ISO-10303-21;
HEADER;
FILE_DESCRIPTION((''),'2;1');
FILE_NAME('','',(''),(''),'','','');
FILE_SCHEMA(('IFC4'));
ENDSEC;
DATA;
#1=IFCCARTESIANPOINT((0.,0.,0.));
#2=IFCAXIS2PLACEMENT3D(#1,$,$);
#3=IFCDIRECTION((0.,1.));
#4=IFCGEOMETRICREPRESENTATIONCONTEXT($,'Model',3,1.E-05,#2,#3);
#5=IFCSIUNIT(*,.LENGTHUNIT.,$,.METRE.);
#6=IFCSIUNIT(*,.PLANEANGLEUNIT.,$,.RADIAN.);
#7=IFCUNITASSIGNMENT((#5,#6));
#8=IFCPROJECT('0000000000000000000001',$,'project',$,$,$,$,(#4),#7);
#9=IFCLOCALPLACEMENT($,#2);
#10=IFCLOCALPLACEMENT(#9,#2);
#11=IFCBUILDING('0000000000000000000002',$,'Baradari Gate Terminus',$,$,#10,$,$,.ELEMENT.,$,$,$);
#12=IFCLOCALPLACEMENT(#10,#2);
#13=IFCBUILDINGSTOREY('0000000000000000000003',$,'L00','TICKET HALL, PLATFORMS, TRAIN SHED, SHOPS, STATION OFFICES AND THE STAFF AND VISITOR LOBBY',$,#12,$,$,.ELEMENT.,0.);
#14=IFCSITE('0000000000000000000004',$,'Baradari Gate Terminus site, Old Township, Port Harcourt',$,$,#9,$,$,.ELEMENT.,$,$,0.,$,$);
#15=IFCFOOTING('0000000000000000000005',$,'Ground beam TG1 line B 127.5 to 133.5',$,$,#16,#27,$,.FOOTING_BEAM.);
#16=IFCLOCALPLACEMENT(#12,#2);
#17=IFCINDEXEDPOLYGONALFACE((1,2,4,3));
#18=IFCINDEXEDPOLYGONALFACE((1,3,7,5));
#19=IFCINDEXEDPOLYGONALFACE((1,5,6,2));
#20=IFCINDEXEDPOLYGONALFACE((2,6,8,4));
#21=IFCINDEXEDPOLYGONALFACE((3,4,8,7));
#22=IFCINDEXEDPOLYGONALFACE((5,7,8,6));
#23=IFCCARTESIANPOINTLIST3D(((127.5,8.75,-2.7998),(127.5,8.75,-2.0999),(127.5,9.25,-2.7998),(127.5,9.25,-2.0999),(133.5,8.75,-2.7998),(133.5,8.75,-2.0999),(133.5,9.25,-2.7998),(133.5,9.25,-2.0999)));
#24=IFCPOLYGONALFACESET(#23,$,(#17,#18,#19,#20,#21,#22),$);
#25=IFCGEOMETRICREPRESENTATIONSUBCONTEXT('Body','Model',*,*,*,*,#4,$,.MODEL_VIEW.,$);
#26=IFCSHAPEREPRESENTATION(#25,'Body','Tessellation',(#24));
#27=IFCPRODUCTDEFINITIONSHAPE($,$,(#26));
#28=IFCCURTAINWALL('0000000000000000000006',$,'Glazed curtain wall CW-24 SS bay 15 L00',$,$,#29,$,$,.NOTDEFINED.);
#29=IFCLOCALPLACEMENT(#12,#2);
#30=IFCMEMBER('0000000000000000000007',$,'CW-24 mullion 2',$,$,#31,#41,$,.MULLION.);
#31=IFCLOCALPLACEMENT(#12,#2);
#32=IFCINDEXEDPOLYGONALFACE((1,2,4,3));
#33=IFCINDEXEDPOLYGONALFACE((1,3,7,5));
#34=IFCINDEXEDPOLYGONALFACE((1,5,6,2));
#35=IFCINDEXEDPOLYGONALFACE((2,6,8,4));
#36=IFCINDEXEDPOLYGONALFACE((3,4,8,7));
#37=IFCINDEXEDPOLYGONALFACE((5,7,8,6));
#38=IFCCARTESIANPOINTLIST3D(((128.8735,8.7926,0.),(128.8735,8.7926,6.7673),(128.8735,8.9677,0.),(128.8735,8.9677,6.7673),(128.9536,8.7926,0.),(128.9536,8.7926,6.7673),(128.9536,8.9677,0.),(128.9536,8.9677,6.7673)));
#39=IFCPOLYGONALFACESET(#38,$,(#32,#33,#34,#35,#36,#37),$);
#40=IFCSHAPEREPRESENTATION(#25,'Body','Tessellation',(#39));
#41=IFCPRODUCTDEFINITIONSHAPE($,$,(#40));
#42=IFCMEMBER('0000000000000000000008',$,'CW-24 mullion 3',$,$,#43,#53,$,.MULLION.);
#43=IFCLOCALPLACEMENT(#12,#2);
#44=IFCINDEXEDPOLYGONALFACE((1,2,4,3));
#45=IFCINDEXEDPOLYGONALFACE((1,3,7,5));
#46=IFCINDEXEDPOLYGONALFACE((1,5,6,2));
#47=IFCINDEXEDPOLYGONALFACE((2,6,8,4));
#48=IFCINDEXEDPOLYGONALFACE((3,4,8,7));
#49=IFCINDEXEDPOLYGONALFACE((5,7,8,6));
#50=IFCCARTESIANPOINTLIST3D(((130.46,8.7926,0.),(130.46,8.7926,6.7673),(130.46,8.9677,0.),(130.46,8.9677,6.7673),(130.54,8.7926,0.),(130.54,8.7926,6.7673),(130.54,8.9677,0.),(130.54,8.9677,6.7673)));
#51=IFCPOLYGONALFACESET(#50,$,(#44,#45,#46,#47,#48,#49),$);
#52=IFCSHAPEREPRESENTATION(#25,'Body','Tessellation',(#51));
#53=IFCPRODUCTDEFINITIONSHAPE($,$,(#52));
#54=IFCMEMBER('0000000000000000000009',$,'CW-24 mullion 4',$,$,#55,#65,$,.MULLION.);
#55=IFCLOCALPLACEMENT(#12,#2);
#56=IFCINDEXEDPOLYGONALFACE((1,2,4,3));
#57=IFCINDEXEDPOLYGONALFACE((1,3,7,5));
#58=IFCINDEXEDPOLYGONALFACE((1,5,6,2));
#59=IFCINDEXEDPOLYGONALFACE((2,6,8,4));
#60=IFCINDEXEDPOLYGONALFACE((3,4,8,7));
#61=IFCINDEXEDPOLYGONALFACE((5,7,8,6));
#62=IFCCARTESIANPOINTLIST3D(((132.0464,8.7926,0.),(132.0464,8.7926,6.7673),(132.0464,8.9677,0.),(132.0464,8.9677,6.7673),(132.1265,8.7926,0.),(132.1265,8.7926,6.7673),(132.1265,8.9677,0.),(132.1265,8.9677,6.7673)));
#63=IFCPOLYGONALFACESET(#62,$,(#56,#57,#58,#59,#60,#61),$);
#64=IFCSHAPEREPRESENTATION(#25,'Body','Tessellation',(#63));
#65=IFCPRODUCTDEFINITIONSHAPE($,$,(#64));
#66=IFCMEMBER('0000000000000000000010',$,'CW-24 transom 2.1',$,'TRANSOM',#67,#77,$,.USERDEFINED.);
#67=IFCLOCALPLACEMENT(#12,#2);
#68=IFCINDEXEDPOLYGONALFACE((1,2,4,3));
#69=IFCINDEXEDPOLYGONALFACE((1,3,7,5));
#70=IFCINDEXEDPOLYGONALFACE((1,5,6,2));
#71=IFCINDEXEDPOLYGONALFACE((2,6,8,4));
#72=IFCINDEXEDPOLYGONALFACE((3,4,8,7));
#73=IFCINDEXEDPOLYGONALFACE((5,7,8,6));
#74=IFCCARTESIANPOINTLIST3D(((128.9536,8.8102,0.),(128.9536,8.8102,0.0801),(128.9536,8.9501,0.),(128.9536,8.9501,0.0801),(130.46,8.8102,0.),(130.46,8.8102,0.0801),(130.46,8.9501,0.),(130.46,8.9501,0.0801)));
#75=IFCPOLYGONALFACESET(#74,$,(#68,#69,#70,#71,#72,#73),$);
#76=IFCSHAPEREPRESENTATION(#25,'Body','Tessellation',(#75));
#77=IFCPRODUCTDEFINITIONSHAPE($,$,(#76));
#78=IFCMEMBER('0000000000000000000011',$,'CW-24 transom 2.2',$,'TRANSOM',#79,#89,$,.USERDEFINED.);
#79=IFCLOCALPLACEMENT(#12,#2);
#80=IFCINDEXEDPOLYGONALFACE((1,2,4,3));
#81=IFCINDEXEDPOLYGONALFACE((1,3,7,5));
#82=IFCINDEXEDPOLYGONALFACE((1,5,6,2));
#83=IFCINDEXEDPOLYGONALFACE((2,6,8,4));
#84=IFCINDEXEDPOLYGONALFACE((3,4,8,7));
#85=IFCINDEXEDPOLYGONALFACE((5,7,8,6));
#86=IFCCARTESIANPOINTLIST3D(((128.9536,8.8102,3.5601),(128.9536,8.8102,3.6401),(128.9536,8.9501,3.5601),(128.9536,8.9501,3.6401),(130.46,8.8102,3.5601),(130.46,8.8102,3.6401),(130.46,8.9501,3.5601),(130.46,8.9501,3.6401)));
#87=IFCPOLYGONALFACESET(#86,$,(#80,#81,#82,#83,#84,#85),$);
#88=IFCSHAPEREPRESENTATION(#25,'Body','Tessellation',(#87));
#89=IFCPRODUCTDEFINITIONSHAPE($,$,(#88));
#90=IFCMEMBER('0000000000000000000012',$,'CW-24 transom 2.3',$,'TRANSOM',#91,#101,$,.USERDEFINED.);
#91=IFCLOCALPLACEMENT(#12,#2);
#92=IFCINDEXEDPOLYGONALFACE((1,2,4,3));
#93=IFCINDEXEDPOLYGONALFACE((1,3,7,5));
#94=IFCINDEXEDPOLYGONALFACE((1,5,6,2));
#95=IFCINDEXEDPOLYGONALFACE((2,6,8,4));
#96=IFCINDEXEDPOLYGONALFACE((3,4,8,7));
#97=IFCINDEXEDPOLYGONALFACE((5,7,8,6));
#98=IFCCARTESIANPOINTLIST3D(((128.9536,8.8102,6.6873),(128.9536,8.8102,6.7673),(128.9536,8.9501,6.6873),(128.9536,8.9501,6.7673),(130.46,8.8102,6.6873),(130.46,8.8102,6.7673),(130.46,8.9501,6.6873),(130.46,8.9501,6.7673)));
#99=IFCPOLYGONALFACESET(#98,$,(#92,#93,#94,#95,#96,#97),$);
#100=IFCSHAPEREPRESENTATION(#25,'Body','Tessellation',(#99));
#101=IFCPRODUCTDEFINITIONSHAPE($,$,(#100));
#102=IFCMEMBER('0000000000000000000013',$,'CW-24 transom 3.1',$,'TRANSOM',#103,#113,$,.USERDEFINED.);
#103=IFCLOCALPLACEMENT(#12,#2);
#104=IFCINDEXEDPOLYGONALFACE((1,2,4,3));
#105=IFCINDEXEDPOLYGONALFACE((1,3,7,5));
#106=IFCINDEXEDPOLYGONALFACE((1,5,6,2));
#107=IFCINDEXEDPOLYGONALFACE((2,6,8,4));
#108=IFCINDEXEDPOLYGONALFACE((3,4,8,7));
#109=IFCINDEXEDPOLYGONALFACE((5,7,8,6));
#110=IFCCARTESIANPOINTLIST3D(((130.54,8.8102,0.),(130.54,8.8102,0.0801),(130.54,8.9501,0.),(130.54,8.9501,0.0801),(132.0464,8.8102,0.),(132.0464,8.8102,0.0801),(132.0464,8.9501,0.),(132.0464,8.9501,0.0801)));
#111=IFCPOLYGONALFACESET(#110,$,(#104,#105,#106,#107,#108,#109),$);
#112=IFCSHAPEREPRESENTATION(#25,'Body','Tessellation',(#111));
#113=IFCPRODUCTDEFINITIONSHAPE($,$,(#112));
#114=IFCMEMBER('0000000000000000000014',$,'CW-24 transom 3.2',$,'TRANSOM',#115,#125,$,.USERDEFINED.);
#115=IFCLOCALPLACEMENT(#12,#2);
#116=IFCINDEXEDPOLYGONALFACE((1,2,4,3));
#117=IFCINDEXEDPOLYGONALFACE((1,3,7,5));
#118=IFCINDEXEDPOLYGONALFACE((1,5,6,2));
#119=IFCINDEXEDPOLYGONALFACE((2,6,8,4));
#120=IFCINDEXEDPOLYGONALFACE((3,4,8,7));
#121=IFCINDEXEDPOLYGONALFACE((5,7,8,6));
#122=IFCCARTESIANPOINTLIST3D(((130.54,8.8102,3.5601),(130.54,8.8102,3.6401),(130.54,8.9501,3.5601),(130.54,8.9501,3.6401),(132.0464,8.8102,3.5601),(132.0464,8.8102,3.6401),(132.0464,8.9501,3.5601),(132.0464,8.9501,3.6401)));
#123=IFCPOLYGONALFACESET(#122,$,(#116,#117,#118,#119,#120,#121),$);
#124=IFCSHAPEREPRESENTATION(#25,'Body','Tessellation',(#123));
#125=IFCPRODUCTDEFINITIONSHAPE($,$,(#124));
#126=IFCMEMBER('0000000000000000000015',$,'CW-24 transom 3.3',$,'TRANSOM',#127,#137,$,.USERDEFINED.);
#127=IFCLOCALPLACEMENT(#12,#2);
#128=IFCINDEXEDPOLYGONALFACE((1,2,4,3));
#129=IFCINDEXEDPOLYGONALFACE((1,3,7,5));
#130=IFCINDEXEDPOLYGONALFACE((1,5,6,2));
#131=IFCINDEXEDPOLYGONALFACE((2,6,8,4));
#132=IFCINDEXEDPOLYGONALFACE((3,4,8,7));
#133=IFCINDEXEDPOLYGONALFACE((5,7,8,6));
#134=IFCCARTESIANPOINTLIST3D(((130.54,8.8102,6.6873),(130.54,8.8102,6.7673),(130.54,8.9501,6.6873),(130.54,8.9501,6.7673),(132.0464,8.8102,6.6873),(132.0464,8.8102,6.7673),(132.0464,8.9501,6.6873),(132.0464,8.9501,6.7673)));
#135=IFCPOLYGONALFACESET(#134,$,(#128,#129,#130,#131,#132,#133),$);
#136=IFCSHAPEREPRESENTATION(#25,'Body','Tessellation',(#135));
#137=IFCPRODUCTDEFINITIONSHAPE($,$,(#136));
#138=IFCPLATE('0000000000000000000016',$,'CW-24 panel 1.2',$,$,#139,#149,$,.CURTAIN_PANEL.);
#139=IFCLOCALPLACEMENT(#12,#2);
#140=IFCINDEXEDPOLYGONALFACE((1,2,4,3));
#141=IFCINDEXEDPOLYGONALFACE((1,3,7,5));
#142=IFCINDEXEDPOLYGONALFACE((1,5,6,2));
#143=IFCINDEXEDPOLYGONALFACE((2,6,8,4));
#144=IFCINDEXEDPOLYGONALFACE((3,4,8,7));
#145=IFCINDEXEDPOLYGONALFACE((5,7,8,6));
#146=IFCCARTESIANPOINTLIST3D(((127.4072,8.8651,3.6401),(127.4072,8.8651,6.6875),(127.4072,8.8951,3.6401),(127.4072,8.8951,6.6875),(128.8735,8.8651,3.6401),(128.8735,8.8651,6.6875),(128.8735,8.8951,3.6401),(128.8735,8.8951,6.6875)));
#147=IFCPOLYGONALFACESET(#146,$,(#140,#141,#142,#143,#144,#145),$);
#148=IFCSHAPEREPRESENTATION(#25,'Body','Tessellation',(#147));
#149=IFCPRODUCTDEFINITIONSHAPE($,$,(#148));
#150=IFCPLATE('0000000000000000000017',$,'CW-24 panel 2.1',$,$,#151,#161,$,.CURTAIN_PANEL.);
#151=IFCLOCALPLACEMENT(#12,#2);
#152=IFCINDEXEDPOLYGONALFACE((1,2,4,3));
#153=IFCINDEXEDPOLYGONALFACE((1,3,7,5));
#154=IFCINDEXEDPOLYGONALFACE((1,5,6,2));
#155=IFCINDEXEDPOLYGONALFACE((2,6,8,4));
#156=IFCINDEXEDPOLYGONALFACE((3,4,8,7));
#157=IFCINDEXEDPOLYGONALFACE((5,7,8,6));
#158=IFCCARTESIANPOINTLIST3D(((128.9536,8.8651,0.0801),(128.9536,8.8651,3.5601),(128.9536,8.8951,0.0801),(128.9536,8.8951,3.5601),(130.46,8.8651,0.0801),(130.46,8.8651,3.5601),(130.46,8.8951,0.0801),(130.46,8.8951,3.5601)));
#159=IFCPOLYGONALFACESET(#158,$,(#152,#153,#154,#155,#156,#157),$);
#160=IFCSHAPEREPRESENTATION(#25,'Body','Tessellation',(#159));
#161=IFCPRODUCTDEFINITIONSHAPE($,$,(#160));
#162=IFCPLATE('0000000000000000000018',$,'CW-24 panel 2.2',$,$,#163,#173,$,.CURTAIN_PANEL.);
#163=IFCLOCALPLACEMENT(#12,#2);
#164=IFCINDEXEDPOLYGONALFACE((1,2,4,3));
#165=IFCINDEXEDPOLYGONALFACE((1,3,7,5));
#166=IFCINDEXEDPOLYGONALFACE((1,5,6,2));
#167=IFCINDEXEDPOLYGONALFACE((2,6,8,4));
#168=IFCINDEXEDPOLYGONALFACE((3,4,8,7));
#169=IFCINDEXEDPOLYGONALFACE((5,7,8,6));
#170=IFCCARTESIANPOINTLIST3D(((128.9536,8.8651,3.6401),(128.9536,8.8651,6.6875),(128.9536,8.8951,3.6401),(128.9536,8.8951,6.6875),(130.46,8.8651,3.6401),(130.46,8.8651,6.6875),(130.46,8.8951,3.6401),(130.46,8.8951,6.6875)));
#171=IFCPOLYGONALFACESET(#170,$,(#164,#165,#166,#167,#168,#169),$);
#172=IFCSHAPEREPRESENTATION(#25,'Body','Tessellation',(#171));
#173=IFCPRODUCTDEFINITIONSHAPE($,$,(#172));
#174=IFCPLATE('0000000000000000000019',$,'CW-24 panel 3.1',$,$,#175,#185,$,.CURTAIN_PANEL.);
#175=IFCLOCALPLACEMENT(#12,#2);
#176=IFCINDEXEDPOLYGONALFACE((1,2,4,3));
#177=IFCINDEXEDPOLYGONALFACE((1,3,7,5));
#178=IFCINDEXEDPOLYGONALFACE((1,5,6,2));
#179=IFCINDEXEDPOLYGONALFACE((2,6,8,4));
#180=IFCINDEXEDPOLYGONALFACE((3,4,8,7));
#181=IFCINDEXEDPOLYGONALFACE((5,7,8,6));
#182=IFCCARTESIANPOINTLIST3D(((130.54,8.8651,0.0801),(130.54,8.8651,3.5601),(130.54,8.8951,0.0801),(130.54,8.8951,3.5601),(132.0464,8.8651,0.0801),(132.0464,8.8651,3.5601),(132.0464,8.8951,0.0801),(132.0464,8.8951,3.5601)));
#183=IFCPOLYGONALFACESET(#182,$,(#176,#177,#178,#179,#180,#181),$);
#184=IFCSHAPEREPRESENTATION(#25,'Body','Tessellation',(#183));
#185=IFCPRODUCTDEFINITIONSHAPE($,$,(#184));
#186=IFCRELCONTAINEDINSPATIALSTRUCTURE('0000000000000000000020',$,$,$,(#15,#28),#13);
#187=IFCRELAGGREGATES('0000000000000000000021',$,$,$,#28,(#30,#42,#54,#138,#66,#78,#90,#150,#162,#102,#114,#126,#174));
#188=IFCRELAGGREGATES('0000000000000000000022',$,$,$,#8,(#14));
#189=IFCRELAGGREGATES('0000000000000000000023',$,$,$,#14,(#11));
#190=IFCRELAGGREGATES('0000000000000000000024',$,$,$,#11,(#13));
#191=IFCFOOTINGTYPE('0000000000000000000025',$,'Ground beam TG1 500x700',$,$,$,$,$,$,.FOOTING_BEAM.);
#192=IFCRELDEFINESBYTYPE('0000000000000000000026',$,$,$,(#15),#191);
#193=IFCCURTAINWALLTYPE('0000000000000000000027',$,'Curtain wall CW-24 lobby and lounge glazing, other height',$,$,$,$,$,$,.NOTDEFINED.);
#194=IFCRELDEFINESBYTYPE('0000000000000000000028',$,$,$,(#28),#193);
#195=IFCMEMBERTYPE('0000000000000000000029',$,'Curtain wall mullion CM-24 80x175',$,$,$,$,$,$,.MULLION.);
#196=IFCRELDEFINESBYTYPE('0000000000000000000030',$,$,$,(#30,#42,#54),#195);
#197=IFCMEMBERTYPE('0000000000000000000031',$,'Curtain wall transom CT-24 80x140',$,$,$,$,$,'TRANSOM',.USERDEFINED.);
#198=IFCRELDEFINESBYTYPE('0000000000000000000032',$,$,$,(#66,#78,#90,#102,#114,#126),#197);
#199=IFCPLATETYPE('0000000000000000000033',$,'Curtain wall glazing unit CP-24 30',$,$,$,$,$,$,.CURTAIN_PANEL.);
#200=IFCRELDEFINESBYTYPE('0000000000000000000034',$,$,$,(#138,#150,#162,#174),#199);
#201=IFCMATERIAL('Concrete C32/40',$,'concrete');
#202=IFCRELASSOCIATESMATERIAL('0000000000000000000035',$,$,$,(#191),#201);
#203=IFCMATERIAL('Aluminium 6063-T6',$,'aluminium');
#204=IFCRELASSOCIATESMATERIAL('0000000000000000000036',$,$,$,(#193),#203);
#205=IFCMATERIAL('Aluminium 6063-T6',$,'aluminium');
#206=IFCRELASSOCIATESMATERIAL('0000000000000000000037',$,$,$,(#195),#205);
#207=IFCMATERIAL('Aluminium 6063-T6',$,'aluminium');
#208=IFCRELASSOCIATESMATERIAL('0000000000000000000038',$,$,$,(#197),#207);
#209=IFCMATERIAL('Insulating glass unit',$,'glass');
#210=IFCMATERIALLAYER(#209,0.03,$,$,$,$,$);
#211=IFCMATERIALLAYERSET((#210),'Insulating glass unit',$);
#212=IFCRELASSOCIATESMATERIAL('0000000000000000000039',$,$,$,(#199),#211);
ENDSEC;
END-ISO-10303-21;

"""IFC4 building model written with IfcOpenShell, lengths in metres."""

from ifc_helpers import new_model, si_unit, direction, frame, origin, origin_2d, place, context, subcontext, project, spatial, rectangle, extrude, material, layer, layer_set, material_profile, profile_set, type_object, element, aggregate, save


model = new_model("IFC4")

# Units and contexts
model_context = context("Model", 3, precision=1e-05, world=origin(), true_north=direction((0.0, 1.0)))
body_context = subcontext(model_context, "Body", "Model", "MODEL_VIEW")
ifc_project = project(units=[si_unit("LENGTHUNIT", "METRE"), si_unit("PLANEANGLEUNIT", "RADIAN")], contexts=[model_context])

# Site, building, storey
site_placement = place(None, origin())
site = spatial("IfcSite", under=ifc_project, at=site_placement, Name="Baradari Gate Terminus site, Old Township, Port Harcourt", CompositionType="ELEMENT", RefElevation=0.0)
building_placement = place(site_placement, origin())
building = spatial("IfcBuilding", under=site, at=building_placement, Name="Baradari Gate Terminus", CompositionType="ELEMENT")
storey_placement = place(building_placement, origin())
storey = spatial("IfcBuildingStorey", under=building, at=storey_placement, Name="L00", Description="TICKET HALL, PLATFORMS, TRAIN SHED, SHOPS, STATION OFFICES AND THE STAFF AND VISITOR LOBBY", CompositionType="ELEMENT", Elevation=0.0)

# Footing
ifc_material_1 = material(Name="Concrete C32/40", Category="concrete")
footing_type = type_object("IfcFootingType", Name="Ground beam TG1 500x700", PredefinedType="FOOTING_BEAM", material=ifc_material_1)
footing_placement = place(storey_placement, frame((130.5, 9.0, -2.7998), z_axis=(0.0, 0.0, 1.0), x_axis=(1.0, 0.0, 0.0)))
element("IfcFooting", 1, at=footing_placement, inside=storey, type_object=footing_type, Name="Ground beam TG1 line B 127.5 to 133.5", PredefinedType="FOOTING_BEAM", context=body_context, shape_type="SweptSolid", body=[
    extrude(rectangle(XDim=6.0, YDim=0.5, at=origin_2d()), origin(), (0.0, 0.0, 1.0), 0.7),
])

# Curtain wall, members, plates
ifc_material_2 = material(Name="Aluminium 6063-T6", Category="aluminium")
curtain_wall_type = type_object("IfcCurtainWallType", Name="Curtain wall CW-24 lobby and lounge glazing, other height", PredefinedType="NOTDEFINED", material=ifc_material_2)
curtain_wall_placement = place(storey_placement, origin())
curtain_wall = element("IfcCurtainWall", 2, at=curtain_wall_placement, inside=storey, type_object=curtain_wall_type, Name="Glazed curtain wall CW-24 SS bay 15 L00", PredefinedType="NOTDEFINED")
ifc_material_3 = material(Name="Aluminium 6063-T6", Category="aluminium")
ifc_material_profile_1 = material_profile(ifc_material_3, rectangle(XDim=0.175, YDim=0.0801, at=origin_2d()), Name="CM-24 80X175")
ifc_profile_set_1 = profile_set([ifc_material_profile_1], Name="Aluminium 6063-T6")
member_type_1 = type_object("IfcMemberType", Name="Curtain wall mullion CM-24 80x175", PredefinedType="MULLION", material=ifc_profile_set_1)
member_1_placement = place(storey_placement, frame((128.9136, 8.8801, 0.0), z_axis=(0.0, 0.0, 1.0), x_axis=(0.0, 1.0, 0.0)))
member_1 = element("IfcMember", 3, at=member_1_placement, type_object=member_type_1, Name="CW-24 mullion 2", PredefinedType="MULLION", context=body_context, shape_type="SweptSolid", body=[
    extrude(rectangle(XDim=0.175, YDim=0.0801, at=origin_2d()), origin(), (0.0, 0.0, 1.0), 6.7673),
])
member_2_placement = place(storey_placement, frame((130.5, 8.8801, 0.0), z_axis=(0.0, 0.0, 1.0), x_axis=(0.0, 1.0, 0.0)))
member_2 = element("IfcMember", 4, at=member_2_placement, type_object=member_type_1, Name="CW-24 mullion 3", PredefinedType="MULLION", context=body_context, shape_type="SweptSolid", body=[
    extrude(rectangle(XDim=0.175, YDim=0.0801, at=origin_2d()), origin(), (0.0, 0.0, 1.0), 6.7673),
])
member_3_placement = place(storey_placement, frame((132.0864, 8.8801, 0.0), z_axis=(0.0, 0.0, 1.0), x_axis=(0.0, 1.0, 0.0)))
member_3 = element("IfcMember", 5, at=member_3_placement, type_object=member_type_1, Name="CW-24 mullion 4", PredefinedType="MULLION", context=body_context, shape_type="SweptSolid", body=[
    extrude(rectangle(XDim=0.175, YDim=0.0801, at=origin_2d()), origin(), (0.0, 0.0, 1.0), 6.7673),
])
ifc_material_4 = material(Name="Aluminium 6063-T6", Category="aluminium")
ifc_material_profile_2 = material_profile(ifc_material_4, rectangle(XDim=0.1399, YDim=0.0801, at=origin_2d()), Name="CT-24 80X140")
ifc_profile_set_2 = profile_set([ifc_material_profile_2], Name="Aluminium 6063-T6")
member_type_2 = type_object("IfcMemberType", Name="Curtain wall transom CT-24 80x140", ElementType="TRANSOM", PredefinedType="USERDEFINED", material=ifc_profile_set_2)
member_4_placement = place(storey_placement, frame((128.9536, 8.8801, 0.04), z_axis=(1.0, 0.0, 0.0), x_axis=(0.0, 1.0, 0.0)))
member_4 = element("IfcMember", 6, at=member_4_placement, type_object=member_type_2, Name="CW-24 transom 2.1", ObjectType="TRANSOM", PredefinedType="USERDEFINED", context=body_context, shape_type="SweptSolid", body=[
    extrude(rectangle(XDim=0.1399, YDim=0.0801, at=origin_2d()), origin(), (0.0, 0.0, 1.0), 1.5063),
])
member_5_placement = place(storey_placement, frame((128.9536, 8.8801, 3.6001), z_axis=(1.0, 0.0, 0.0), x_axis=(0.0, 1.0, 0.0)))
member_5 = element("IfcMember", 7, at=member_5_placement, type_object=member_type_2, Name="CW-24 transom 2.2", ObjectType="TRANSOM", PredefinedType="USERDEFINED", context=body_context, shape_type="SweptSolid", body=[
    extrude(rectangle(XDim=0.1399, YDim=0.0801, at=origin_2d()), origin(), (0.0, 0.0, 1.0), 1.5063),
])
member_6_placement = place(storey_placement, frame((128.9536, 8.8801, 6.7273), z_axis=(1.0, 0.0, 0.0), x_axis=(0.0, 1.0, 0.0)))
member_6 = element("IfcMember", 8, at=member_6_placement, type_object=member_type_2, Name="CW-24 transom 2.3", ObjectType="TRANSOM", PredefinedType="USERDEFINED", context=body_context, shape_type="SweptSolid", body=[
    extrude(rectangle(XDim=0.1399, YDim=0.0801, at=origin_2d()), origin(), (0.0, 0.0, 1.0), 1.5063),
])
member_7_placement = place(storey_placement, frame((130.54, 8.8801, 0.04), z_axis=(1.0, 0.0, 0.0), x_axis=(0.0, 1.0, 0.0)))
member_7 = element("IfcMember", 9, at=member_7_placement, type_object=member_type_2, Name="CW-24 transom 3.1", ObjectType="TRANSOM", PredefinedType="USERDEFINED", context=body_context, shape_type="SweptSolid", body=[
    extrude(rectangle(XDim=0.1399, YDim=0.0801, at=origin_2d()), origin(), (0.0, 0.0, 1.0), 1.5063),
])
member_8_placement = place(storey_placement, frame((130.54, 8.8801, 3.6001), z_axis=(1.0, 0.0, 0.0), x_axis=(0.0, 1.0, 0.0)))
member_8 = element("IfcMember", 10, at=member_8_placement, type_object=member_type_2, Name="CW-24 transom 3.2", ObjectType="TRANSOM", PredefinedType="USERDEFINED", context=body_context, shape_type="SweptSolid", body=[
    extrude(rectangle(XDim=0.1399, YDim=0.0801, at=origin_2d()), origin(), (0.0, 0.0, 1.0), 1.5063),
])
member_9_placement = place(storey_placement, frame((130.54, 8.8801, 6.7273), z_axis=(1.0, 0.0, 0.0), x_axis=(0.0, 1.0, 0.0)))
member_9 = element("IfcMember", 11, at=member_9_placement, type_object=member_type_2, Name="CW-24 transom 3.3", ObjectType="TRANSOM", PredefinedType="USERDEFINED", context=body_context, shape_type="SweptSolid", body=[
    extrude(rectangle(XDim=0.1399, YDim=0.0801, at=origin_2d()), origin(), (0.0, 0.0, 1.0), 1.5063),
])
ifc_material_5 = material(Name="Insulating glass unit", Category="glass")
ifc_layer = layer(ifc_material_5, 0.03)
ifc_layer_set = layer_set([ifc_layer], Name="Insulating glass unit")
plate_type = type_object("IfcPlateType", Name="Curtain wall glazing unit CP-24 30", PredefinedType="CURTAIN_PANEL", material=ifc_layer_set)
plate_1_placement = place(storey_placement, frame((128.1404, 8.8801, 3.6401), z_axis=(0.0, 0.0, 1.0), x_axis=(1.0, 0.0, 0.0)))
plate_1 = element("IfcPlate", 12, at=plate_1_placement, type_object=plate_type, Name="CW-24 panel 1.2", PredefinedType="CURTAIN_PANEL", context=body_context, shape_type="SweptSolid", body=[
    extrude(rectangle(XDim=1.4663, YDim=0.03, at=origin_2d()), origin(), (0.0, 0.0, 1.0), 3.0474),
])
plate_2_placement = place(storey_placement, frame((129.7068, 8.8801, 0.0801), z_axis=(0.0, 0.0, 1.0), x_axis=(1.0, 0.0, 0.0)))
plate_2 = element("IfcPlate", 13, at=plate_2_placement, type_object=plate_type, Name="CW-24 panel 2.1", PredefinedType="CURTAIN_PANEL", context=body_context, shape_type="SweptSolid", body=[
    extrude(rectangle(XDim=1.5063, YDim=0.03, at=origin_2d()), origin(), (0.0, 0.0, 1.0), 3.48),
])
plate_3_placement = place(storey_placement, frame((129.7068, 8.8801, 3.6401), z_axis=(0.0, 0.0, 1.0), x_axis=(1.0, 0.0, 0.0)))
plate_3 = element("IfcPlate", 14, at=plate_3_placement, type_object=plate_type, Name="CW-24 panel 2.2", PredefinedType="CURTAIN_PANEL", context=body_context, shape_type="SweptSolid", body=[
    extrude(rectangle(XDim=1.5063, YDim=0.03, at=origin_2d()), origin(), (0.0, 0.0, 1.0), 3.0474),
])
plate_4_placement = place(storey_placement, frame((131.2932, 8.8801, 0.0801), z_axis=(0.0, 0.0, 1.0), x_axis=(1.0, 0.0, 0.0)))
plate_4 = element("IfcPlate", 15, at=plate_4_placement, type_object=plate_type, Name="CW-24 panel 3.1", PredefinedType="CURTAIN_PANEL", context=body_context, shape_type="SweptSolid", body=[
    extrude(rectangle(XDim=1.5063, YDim=0.03, at=origin_2d()), origin(), (0.0, 0.0, 1.0), 3.48),
])
aggregate(curtain_wall, [member_1, member_2, member_3, plate_1, member_4, member_5, member_6, plate_2, plate_3, member_7, member_8, member_9, plate_4])

save(model, "model.ifc")
